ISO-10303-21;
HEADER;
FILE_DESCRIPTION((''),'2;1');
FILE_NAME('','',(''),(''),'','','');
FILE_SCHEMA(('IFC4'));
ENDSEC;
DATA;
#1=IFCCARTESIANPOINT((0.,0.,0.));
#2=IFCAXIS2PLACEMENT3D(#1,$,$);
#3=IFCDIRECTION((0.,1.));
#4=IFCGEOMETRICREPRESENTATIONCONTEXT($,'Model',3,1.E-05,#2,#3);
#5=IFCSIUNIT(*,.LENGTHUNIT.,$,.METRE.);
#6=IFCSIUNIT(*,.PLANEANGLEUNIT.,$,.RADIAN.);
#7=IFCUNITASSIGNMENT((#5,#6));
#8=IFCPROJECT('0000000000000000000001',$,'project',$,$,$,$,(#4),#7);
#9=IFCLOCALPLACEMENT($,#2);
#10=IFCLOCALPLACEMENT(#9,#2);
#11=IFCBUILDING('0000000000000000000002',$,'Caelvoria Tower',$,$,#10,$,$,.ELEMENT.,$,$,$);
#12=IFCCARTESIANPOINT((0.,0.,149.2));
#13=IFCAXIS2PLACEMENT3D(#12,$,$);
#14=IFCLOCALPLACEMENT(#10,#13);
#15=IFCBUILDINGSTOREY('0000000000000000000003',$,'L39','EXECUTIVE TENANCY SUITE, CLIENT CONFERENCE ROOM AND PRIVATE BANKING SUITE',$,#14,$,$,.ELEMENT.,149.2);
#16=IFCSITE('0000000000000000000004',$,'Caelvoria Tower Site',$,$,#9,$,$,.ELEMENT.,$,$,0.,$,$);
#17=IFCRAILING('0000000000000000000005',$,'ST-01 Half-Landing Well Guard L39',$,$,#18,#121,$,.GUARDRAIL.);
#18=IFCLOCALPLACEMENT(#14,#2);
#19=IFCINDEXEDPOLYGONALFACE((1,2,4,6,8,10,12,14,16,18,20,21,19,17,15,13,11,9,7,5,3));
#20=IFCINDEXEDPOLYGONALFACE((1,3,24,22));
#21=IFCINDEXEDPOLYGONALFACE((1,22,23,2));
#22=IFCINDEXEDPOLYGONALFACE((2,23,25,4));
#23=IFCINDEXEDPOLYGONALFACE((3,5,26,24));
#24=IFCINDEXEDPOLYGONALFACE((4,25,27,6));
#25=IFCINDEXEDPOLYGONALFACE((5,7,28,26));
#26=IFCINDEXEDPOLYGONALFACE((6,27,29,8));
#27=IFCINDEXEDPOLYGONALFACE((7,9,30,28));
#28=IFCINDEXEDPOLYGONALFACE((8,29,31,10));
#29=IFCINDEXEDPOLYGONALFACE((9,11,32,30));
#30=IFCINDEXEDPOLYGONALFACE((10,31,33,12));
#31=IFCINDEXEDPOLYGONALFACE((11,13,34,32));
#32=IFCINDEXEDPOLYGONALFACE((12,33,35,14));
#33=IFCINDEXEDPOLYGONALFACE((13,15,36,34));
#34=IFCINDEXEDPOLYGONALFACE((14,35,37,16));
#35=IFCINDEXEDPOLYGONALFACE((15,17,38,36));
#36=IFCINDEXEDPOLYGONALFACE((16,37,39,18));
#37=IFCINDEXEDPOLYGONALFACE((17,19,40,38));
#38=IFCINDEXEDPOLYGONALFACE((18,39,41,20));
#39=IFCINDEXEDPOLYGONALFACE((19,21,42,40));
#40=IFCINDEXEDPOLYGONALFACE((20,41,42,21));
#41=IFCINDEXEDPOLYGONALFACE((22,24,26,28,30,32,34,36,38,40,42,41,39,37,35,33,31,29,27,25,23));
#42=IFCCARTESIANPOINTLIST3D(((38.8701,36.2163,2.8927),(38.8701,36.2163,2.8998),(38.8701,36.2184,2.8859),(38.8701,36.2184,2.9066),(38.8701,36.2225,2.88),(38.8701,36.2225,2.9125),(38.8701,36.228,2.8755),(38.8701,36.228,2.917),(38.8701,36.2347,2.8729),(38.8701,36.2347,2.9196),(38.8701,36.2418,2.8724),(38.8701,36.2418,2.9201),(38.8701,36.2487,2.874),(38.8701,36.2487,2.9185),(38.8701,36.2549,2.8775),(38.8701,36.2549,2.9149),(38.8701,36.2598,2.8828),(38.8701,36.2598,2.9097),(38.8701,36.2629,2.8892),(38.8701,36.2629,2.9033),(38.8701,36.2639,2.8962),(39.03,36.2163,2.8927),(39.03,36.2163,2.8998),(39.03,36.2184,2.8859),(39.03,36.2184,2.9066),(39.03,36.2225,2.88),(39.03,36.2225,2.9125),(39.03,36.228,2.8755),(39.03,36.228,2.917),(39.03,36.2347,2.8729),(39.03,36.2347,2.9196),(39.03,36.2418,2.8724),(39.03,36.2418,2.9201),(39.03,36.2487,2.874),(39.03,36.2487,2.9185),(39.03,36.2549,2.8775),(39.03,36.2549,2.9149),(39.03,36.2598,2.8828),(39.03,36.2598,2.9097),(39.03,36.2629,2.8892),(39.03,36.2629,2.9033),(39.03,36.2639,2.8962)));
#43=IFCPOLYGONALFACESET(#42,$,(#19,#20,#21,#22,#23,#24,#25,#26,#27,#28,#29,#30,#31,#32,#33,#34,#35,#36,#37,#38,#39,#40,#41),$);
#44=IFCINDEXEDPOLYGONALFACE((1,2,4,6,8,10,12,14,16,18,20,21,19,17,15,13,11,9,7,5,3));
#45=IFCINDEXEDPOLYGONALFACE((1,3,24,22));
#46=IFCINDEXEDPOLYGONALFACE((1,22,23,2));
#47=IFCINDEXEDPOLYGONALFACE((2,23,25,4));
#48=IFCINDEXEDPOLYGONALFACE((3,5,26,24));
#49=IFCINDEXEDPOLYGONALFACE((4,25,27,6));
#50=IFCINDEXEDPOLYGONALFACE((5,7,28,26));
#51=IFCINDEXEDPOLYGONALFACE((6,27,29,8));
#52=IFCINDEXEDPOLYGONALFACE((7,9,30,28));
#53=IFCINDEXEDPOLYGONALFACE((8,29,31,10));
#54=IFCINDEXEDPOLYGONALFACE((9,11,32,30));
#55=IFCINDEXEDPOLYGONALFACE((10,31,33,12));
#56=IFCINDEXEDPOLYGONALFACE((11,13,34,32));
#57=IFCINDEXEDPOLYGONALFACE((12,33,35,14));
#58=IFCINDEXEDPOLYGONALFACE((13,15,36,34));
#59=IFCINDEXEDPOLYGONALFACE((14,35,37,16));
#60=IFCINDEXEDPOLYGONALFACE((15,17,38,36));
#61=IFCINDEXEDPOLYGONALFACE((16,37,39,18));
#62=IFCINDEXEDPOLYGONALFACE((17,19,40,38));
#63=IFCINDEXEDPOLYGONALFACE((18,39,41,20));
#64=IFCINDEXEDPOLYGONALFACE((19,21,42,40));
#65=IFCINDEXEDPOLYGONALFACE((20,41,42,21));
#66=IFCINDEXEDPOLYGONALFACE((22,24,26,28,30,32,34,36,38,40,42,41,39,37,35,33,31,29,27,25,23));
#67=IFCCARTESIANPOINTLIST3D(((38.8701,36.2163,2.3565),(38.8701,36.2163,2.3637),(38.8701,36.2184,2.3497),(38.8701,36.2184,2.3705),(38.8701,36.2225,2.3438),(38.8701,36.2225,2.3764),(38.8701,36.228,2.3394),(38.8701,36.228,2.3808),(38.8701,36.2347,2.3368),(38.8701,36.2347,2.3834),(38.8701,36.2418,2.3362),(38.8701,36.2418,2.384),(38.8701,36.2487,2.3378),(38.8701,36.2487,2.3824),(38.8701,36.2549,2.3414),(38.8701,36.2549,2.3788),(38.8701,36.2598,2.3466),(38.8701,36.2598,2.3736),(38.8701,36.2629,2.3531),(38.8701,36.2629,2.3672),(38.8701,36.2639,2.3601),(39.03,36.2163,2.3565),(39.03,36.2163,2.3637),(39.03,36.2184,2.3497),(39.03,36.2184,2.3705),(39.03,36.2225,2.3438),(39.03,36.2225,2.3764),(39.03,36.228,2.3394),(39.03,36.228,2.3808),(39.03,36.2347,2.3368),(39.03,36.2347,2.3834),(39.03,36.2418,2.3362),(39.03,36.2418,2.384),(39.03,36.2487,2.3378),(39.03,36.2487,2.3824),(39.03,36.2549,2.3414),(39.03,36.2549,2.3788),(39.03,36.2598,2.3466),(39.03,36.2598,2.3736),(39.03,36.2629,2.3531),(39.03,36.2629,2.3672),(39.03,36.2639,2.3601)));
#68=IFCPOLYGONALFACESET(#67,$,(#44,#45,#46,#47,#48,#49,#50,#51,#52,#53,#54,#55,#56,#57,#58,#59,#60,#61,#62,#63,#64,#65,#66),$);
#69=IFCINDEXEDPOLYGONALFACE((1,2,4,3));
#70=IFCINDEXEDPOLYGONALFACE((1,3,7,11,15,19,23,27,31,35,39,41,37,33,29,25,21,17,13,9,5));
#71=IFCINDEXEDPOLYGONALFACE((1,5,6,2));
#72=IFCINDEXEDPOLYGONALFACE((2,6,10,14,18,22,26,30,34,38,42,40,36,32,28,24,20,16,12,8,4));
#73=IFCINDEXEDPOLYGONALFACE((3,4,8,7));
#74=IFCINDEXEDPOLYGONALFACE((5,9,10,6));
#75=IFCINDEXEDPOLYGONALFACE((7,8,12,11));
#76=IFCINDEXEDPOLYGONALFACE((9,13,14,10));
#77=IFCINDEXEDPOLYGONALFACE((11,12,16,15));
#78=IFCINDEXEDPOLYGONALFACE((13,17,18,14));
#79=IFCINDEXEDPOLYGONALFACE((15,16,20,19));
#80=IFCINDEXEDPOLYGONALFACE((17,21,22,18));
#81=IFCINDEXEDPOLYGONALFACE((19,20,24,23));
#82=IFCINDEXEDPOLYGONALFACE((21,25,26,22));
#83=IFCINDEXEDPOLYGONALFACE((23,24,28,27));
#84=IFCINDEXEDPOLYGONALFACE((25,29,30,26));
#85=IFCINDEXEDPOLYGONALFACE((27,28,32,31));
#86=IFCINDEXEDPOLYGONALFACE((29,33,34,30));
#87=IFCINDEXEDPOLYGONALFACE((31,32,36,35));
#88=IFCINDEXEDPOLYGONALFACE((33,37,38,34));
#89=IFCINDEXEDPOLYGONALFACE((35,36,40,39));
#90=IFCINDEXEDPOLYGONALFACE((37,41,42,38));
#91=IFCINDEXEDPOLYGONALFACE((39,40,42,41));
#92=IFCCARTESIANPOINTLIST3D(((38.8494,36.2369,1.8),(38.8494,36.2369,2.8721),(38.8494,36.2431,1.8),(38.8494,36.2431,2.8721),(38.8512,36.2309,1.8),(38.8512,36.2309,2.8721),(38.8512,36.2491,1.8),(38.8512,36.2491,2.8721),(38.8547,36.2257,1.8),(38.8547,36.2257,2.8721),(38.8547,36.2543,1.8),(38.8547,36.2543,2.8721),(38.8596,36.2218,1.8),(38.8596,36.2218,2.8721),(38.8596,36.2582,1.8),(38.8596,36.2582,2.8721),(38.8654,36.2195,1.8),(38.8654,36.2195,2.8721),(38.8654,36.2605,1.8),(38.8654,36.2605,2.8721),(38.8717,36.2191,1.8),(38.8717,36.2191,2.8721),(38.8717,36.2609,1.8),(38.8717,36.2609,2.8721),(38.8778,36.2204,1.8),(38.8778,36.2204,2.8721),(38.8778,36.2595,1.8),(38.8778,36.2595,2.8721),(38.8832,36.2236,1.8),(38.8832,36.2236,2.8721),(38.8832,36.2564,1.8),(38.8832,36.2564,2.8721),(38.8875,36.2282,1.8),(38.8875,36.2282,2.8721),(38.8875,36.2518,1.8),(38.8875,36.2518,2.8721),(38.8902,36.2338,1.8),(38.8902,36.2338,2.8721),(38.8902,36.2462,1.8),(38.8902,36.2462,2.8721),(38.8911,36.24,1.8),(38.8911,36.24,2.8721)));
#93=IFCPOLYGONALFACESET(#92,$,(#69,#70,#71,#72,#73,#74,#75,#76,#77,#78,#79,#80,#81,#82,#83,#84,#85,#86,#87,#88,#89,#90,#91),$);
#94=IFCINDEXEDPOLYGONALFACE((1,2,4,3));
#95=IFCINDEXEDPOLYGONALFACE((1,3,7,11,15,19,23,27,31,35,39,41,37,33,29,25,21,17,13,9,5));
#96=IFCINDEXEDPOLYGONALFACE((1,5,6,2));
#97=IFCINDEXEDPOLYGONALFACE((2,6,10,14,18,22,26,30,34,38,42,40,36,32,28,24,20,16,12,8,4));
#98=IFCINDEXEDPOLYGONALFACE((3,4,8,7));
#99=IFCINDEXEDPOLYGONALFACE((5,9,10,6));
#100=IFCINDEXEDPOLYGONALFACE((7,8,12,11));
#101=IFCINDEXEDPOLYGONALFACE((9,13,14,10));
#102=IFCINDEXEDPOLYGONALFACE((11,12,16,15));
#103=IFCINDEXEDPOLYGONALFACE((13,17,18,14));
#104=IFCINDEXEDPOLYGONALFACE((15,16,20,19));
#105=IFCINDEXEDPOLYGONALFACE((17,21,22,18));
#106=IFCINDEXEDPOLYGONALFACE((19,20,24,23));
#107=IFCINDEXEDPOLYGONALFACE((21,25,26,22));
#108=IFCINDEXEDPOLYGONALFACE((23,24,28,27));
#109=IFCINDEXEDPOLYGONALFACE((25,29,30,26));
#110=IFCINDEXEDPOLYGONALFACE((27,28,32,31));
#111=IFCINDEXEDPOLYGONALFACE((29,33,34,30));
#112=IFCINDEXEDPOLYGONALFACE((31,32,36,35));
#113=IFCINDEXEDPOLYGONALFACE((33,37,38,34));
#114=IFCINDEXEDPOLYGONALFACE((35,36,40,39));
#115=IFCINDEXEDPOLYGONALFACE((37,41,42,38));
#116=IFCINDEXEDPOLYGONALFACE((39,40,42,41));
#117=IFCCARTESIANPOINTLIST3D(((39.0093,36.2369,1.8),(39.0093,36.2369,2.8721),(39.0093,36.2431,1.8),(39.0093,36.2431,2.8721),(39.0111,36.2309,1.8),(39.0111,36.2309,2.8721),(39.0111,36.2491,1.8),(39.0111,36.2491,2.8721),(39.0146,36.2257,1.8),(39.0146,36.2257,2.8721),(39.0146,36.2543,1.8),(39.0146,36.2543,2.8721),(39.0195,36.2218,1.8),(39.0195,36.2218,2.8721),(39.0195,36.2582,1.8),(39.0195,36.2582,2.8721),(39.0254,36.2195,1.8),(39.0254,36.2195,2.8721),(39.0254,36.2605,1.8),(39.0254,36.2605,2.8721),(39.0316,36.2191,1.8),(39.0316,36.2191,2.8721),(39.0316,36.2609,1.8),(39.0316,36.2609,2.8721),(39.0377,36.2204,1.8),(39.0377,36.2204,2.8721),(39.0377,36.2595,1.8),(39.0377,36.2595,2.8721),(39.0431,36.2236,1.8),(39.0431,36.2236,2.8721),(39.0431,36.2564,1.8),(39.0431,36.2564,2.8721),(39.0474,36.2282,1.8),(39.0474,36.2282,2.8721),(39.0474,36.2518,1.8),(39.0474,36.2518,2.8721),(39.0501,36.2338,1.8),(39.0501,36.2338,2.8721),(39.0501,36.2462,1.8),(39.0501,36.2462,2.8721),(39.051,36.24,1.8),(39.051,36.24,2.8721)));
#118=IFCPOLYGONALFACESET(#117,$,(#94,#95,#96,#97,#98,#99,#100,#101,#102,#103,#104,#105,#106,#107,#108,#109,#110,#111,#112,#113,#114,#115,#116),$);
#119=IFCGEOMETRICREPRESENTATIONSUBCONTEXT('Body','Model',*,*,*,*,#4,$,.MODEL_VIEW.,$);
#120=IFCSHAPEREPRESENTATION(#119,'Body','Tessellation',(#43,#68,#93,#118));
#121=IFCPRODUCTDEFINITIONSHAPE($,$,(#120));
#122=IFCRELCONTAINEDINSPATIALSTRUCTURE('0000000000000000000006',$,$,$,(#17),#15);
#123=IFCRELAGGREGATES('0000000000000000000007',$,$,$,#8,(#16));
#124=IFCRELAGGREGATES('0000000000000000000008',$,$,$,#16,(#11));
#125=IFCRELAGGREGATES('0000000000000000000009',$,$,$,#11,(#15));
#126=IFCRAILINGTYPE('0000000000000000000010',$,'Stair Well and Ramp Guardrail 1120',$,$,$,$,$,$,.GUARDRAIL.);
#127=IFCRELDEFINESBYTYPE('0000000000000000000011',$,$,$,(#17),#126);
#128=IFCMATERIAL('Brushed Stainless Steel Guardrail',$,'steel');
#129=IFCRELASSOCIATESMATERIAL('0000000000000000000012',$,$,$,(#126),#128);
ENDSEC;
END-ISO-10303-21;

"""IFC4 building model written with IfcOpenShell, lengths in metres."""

from ifc_helpers import new_model, si_unit, direction, frame, origin, origin_2d, place, context, subcontext, project, spatial, circle, extrude, material, type_object, element, save


model = new_model("IFC4")

# Units and contexts
model_context = context("Model", 3, precision=1e-05, world=origin(), true_north=direction((0.0, 1.0)))
body_context = subcontext(model_context, "Body", "Model", "MODEL_VIEW")
ifc_project = project(units=[si_unit("LENGTHUNIT", "METRE"), si_unit("PLANEANGLEUNIT", "RADIAN")], contexts=[model_context])

# Site, building, storey
site_placement = place(None, origin())
site = spatial("IfcSite", under=ifc_project, at=site_placement, Name="Caelvoria Tower Site", CompositionType="ELEMENT", RefElevation=0.0)
building_placement = place(site_placement, origin())
building = spatial("IfcBuilding", under=site, at=building_placement, Name="Caelvoria Tower", CompositionType="ELEMENT")
storey_placement = place(building_placement, frame((0.0, 0.0, 149.2)))
storey = spatial("IfcBuildingStorey", under=building, at=storey_placement, Name="L39", Description="EXECUTIVE TENANCY SUITE, CLIENT CONFERENCE ROOM AND PRIVATE BANKING SUITE", CompositionType="ELEMENT", Elevation=149.2)

# Railing
ifc_material_1 = material(Name="Brushed Stainless Steel Guardrail", Category="steel")
railing_type_1 = type_object("IfcRailingType", Name="Stair Well and Ramp Guardrail 1120", PredefinedType="GUARDRAIL", material=ifc_material_1)
railing_1_placement = place(storey_placement, frame((38.8701, 36.24, 1.8)))
element("IfcRailing", 1, at=railing_1_placement, inside=storey, type_object=railing_type_1, Name="ST-01 Half-Landing Well Guard L39", PredefinedType="GUARDRAIL", context=body_context, shape_type="SweptSolid", body=[
    extrude(circle(Radius=0.0239, at=origin_2d()), frame((0.0, 0.0, 1.0962), z_axis=(1.0, 0.0, 0.0), x_axis=(0.0, 1.0, 0.0)), (0.0, 0.0, 1.0), 0.1599),
    extrude(circle(Radius=0.0239, at=origin_2d()), frame((0.0, 0.0, 0.5601), z_axis=(1.0, 0.0, 0.0), x_axis=(0.0, 1.0, 0.0)), (0.0, 0.0, 1.0), 0.1599),
    extrude(circle(Radius=0.021, at=origin_2d()), origin(), (0.0, 0.0, 1.0), 1.072),
    extrude(circle(Radius=0.021, at=origin_2d()), frame((0.1599, 0.0, 0.0)), (0.0, 0.0, 1.0), 1.072),
])

save(model, "model.ifc")
